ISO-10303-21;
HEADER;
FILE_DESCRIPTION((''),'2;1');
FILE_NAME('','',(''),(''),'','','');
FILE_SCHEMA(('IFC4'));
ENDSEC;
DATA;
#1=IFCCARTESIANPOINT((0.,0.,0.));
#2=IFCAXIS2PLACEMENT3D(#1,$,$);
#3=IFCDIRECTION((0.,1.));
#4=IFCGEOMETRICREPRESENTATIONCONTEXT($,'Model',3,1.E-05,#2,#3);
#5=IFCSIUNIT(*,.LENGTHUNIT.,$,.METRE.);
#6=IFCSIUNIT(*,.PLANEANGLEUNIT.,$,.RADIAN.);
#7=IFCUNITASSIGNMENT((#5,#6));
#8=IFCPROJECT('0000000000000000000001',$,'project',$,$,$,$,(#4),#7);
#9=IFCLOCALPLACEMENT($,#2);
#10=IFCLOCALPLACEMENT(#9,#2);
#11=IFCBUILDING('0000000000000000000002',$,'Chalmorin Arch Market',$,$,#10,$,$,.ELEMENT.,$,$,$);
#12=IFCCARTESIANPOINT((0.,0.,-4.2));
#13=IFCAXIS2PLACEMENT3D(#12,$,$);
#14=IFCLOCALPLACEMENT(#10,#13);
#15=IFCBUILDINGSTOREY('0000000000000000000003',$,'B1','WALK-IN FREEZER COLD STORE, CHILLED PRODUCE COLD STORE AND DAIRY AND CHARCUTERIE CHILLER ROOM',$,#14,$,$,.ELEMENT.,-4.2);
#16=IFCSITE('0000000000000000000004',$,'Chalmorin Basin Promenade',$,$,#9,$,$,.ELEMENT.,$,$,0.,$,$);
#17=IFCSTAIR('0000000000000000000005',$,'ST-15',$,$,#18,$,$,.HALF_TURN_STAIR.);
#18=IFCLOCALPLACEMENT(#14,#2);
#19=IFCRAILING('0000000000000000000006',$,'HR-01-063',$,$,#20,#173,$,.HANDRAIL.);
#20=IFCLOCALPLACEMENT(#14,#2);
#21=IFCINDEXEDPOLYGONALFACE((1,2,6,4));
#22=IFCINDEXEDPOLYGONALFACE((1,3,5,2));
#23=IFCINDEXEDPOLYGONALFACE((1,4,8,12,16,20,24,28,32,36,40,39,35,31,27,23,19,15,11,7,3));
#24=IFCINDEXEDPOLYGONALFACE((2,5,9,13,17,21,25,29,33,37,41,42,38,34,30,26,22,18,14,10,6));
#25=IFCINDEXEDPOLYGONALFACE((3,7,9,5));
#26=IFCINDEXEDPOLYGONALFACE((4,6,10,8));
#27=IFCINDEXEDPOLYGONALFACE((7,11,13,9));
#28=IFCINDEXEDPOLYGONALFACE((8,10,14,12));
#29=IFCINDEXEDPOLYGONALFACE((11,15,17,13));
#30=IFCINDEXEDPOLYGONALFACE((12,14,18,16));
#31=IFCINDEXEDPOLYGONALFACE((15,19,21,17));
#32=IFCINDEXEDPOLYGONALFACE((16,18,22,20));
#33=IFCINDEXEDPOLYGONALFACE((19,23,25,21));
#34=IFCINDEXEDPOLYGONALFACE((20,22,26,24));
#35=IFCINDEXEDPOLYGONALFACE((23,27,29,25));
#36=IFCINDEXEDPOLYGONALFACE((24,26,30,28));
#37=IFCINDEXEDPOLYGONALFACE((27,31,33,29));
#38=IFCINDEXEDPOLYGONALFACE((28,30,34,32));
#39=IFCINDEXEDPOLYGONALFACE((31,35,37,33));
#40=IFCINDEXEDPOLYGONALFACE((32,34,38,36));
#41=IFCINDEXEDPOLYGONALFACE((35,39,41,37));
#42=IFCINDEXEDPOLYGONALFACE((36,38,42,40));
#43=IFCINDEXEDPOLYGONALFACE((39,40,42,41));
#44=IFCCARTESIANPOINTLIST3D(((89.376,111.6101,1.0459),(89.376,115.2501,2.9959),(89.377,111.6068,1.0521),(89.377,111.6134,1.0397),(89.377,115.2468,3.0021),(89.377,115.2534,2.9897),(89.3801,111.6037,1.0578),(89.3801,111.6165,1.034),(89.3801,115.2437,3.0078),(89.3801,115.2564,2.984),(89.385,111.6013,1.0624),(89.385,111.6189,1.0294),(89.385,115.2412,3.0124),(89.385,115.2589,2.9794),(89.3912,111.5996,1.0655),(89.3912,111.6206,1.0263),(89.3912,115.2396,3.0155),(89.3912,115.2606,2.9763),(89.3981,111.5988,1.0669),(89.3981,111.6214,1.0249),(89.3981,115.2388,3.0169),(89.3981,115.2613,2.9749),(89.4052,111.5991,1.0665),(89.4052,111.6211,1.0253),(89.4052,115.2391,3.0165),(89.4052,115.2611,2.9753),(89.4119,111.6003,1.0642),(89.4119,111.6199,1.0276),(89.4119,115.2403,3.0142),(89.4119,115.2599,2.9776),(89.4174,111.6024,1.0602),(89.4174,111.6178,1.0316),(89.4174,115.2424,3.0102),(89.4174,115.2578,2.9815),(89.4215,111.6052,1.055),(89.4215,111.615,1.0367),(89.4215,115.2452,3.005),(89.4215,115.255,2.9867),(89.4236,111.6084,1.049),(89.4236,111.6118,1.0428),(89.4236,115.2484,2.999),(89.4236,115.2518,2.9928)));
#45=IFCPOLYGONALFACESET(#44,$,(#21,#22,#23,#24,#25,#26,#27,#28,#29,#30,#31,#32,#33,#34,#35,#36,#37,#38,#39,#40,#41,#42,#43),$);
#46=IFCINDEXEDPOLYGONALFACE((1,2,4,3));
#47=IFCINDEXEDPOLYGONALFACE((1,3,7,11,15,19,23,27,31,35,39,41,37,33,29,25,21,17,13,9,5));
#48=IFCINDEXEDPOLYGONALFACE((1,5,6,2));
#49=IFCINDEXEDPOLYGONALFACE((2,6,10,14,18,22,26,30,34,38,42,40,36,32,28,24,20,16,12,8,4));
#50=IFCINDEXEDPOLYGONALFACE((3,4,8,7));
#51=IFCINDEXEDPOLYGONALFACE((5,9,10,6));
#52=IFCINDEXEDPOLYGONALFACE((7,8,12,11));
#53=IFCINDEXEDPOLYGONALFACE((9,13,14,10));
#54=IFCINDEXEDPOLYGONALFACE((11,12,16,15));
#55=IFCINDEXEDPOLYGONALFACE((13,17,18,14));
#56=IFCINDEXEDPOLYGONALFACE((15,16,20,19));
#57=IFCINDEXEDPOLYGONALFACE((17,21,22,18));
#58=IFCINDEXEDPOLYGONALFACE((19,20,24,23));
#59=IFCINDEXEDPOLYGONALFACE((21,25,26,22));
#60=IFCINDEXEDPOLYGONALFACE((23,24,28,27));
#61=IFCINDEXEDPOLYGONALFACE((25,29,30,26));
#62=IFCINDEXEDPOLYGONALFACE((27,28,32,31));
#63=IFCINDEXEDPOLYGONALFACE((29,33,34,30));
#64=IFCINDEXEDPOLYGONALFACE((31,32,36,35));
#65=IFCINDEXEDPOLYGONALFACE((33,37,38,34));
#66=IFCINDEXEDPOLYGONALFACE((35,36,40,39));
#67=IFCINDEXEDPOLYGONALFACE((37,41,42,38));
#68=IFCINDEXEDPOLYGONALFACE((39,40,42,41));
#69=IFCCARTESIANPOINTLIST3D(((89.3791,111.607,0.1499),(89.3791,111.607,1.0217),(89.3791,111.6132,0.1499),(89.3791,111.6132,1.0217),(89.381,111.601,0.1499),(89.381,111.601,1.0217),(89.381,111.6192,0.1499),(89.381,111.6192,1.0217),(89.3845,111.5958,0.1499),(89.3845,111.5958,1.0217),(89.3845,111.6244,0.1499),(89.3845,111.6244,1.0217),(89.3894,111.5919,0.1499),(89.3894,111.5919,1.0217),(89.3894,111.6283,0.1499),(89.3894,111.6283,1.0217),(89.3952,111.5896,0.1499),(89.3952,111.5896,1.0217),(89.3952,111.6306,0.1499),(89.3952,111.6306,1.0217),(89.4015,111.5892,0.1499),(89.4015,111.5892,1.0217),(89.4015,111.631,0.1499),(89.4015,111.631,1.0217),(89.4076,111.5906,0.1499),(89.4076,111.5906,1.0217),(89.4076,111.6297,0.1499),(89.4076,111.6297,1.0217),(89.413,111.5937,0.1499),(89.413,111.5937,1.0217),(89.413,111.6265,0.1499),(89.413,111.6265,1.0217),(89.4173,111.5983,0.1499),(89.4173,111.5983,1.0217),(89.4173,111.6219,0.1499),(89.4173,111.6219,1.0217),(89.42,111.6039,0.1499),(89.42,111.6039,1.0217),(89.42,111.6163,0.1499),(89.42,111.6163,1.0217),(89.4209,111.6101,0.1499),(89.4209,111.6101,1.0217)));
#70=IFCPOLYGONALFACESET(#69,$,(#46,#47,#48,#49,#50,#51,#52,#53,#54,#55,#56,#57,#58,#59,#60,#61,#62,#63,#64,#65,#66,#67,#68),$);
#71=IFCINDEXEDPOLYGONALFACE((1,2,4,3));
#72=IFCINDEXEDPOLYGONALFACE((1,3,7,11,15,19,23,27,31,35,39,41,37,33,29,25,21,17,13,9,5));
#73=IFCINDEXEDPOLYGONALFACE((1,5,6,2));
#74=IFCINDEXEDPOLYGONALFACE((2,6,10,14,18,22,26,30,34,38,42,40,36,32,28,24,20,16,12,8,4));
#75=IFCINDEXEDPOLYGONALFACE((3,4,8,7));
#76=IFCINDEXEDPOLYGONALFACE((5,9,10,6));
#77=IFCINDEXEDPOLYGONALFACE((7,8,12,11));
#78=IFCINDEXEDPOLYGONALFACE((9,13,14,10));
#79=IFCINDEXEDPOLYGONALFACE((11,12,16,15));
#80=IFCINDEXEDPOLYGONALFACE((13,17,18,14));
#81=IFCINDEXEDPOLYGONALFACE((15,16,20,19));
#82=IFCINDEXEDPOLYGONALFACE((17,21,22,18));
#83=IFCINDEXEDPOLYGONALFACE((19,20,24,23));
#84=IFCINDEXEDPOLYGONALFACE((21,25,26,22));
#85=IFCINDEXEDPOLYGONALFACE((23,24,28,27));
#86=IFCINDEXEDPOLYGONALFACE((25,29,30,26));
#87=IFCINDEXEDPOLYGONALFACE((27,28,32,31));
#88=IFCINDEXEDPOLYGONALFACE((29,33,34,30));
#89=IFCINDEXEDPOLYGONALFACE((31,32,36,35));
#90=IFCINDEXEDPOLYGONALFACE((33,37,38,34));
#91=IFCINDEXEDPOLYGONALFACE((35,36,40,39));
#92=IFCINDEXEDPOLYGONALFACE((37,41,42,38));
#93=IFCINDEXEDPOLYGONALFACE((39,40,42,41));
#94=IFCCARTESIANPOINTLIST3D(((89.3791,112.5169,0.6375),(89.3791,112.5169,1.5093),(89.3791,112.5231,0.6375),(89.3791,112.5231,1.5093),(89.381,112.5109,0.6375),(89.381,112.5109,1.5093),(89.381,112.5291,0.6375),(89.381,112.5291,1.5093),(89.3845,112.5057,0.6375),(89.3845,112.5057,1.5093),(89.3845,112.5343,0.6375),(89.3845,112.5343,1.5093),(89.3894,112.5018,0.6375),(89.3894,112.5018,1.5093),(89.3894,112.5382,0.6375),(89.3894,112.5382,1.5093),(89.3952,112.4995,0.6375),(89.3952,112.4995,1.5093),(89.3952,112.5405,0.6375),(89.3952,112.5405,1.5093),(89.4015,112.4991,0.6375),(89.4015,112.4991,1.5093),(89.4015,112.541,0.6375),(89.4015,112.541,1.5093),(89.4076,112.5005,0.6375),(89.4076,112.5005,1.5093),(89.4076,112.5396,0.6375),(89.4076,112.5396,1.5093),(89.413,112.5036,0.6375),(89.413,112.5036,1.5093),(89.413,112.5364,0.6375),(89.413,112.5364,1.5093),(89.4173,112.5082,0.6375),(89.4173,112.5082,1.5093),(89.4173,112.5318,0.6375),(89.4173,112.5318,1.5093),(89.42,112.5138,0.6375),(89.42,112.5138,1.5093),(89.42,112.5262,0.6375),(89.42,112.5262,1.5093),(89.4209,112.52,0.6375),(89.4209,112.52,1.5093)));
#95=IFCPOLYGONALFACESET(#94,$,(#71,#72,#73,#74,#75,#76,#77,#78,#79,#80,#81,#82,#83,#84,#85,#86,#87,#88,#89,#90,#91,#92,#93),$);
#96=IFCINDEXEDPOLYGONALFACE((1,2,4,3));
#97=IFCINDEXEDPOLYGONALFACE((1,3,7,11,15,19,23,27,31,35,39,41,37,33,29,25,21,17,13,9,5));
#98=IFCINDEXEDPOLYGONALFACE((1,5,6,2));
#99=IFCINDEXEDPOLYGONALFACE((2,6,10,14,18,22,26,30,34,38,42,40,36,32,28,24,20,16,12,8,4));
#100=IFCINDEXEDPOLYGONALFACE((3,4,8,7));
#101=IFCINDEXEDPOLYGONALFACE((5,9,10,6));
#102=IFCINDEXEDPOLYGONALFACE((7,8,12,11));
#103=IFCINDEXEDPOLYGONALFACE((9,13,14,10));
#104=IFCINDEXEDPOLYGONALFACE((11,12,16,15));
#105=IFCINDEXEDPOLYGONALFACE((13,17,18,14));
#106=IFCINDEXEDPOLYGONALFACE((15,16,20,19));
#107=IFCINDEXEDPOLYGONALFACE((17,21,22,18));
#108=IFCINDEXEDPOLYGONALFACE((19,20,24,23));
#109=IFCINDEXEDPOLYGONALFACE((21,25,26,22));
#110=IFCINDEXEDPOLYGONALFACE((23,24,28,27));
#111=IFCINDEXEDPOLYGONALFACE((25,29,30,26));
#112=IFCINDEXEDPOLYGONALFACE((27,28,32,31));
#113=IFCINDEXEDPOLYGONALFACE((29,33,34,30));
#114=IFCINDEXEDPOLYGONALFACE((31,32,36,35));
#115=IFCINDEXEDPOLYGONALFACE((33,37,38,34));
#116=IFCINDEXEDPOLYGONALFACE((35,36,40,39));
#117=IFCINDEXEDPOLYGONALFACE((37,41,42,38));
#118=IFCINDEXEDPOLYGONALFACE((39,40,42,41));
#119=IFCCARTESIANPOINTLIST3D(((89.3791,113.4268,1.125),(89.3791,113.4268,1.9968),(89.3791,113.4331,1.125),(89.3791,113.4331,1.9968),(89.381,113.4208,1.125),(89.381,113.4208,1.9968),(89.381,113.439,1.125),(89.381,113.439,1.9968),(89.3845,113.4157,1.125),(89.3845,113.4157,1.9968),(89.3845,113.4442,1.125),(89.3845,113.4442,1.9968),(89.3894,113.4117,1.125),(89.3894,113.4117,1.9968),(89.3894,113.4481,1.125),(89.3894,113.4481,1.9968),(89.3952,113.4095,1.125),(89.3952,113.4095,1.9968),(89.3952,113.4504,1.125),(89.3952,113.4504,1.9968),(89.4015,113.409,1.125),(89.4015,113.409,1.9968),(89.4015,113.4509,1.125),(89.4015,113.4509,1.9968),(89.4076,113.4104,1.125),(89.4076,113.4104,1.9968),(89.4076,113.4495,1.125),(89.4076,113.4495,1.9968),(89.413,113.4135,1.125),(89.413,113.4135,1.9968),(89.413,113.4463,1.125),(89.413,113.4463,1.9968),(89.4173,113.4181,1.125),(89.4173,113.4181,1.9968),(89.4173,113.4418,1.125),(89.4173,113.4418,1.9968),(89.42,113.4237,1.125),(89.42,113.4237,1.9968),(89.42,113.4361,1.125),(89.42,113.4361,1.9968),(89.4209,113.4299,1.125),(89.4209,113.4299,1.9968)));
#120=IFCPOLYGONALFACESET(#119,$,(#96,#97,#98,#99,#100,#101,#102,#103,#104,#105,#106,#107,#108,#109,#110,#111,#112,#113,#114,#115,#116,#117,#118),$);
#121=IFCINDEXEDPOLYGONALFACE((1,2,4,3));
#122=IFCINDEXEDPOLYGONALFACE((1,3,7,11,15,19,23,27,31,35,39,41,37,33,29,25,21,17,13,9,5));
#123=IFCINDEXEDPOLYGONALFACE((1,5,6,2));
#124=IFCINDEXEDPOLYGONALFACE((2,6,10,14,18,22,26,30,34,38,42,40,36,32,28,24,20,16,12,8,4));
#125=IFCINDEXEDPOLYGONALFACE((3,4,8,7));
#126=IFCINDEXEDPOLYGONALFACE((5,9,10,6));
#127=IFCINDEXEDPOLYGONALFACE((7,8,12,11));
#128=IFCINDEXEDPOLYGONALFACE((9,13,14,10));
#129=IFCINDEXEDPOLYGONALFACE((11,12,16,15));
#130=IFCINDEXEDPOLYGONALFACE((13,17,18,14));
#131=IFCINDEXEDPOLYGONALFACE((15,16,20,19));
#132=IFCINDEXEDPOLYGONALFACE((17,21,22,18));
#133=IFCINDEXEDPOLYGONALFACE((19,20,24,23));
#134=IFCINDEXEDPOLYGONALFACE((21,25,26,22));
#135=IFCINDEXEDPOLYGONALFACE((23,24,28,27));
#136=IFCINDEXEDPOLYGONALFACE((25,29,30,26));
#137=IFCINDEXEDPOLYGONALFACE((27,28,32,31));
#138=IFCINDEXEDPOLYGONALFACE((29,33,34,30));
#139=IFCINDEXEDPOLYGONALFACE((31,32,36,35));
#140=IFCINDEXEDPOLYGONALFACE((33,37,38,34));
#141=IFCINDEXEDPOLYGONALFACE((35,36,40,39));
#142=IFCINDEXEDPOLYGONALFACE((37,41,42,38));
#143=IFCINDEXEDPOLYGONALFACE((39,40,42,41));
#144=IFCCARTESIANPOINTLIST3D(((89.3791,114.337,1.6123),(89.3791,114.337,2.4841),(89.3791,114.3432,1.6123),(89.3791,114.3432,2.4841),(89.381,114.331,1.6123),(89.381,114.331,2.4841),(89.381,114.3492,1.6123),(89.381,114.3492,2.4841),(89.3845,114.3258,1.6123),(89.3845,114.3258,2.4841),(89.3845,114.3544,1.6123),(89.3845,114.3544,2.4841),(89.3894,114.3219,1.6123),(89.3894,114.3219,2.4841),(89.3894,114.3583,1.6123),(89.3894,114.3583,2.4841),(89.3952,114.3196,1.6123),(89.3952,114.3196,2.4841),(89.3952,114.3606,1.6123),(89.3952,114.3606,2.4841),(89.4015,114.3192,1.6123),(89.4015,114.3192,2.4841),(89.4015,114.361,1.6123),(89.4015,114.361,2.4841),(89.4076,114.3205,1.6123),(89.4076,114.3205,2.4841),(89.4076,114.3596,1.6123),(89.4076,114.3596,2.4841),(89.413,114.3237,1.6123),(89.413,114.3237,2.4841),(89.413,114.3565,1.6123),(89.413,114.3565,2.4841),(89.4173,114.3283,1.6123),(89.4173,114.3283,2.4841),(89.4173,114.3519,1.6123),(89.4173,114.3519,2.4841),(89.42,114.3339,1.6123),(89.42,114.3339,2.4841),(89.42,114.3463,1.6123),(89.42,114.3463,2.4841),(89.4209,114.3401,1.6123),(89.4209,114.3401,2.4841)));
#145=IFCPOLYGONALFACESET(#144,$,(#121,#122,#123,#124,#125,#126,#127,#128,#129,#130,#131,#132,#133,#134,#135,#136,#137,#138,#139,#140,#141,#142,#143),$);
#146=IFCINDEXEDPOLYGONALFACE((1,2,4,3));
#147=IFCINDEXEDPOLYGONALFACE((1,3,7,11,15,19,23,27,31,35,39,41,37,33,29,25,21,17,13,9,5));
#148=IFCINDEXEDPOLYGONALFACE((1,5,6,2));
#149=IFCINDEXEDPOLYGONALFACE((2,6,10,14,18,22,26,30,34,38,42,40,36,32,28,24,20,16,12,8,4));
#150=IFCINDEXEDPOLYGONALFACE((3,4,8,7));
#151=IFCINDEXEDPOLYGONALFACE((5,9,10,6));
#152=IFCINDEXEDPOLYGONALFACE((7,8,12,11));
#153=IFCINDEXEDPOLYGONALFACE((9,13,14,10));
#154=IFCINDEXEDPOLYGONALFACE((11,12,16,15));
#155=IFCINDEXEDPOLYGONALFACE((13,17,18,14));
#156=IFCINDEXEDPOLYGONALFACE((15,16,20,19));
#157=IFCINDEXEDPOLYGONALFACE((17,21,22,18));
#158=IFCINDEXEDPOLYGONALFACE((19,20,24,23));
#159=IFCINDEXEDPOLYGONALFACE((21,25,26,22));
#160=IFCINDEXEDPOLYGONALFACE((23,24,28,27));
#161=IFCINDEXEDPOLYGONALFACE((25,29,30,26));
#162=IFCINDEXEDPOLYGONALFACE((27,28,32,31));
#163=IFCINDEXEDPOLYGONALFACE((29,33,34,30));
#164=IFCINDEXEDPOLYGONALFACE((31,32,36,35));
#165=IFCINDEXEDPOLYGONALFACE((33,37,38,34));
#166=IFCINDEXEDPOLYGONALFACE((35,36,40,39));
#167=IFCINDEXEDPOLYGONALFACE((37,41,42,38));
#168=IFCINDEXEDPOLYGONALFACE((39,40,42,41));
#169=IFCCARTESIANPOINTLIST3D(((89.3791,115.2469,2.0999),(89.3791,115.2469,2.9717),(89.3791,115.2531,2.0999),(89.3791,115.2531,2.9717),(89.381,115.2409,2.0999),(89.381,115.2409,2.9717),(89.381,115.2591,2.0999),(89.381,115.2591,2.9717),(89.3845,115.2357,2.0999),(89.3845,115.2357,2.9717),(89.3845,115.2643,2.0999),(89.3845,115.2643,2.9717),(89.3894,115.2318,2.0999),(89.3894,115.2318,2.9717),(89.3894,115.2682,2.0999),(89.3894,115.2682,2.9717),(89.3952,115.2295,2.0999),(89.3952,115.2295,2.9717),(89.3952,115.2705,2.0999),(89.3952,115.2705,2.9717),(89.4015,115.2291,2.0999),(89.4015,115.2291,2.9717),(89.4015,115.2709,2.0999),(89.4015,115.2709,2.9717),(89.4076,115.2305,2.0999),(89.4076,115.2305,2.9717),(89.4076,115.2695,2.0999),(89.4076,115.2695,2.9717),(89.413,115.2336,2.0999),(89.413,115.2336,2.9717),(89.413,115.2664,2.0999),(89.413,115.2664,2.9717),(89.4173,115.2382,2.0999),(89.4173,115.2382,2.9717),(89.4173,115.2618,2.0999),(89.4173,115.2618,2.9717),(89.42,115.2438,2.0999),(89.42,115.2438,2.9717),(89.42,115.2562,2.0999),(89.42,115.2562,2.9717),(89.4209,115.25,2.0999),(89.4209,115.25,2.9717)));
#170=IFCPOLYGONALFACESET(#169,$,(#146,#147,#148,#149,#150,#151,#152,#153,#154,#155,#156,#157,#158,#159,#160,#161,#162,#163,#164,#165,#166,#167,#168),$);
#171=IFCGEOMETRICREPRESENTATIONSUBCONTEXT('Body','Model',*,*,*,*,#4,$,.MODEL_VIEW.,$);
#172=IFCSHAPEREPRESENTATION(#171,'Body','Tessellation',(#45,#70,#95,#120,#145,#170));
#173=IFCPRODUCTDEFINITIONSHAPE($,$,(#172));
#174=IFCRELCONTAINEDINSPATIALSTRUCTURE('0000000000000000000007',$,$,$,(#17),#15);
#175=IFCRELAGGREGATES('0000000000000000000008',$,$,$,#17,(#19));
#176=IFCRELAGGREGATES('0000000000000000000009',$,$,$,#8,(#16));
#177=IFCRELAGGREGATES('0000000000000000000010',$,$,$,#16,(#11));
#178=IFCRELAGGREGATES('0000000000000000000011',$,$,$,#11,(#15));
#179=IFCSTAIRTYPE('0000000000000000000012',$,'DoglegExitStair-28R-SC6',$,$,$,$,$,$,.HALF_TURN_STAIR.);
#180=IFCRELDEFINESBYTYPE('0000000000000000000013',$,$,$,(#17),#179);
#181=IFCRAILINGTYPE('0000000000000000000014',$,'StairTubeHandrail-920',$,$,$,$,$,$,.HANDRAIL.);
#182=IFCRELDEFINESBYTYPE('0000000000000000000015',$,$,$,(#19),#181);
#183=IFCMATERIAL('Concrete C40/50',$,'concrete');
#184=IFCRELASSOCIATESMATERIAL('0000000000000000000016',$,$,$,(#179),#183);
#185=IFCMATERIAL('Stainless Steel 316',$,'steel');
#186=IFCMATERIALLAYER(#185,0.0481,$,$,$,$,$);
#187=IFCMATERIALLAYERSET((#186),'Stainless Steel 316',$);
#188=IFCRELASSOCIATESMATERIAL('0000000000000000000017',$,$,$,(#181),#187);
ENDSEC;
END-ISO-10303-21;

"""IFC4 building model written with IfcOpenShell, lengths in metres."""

from ifc_helpers import new_model, si_unit, direction, frame, origin, origin_2d, place, context, subcontext, project, spatial, circle, extrude, material, layer, layer_set, type_object, element, aggregate, save


model = new_model("IFC4")

# Units and contexts
model_context = context("Model", 3, precision=1e-05, world=origin(), true_north=direction((0.0, 1.0)))
body_context = subcontext(model_context, "Body", "Model", "MODEL_VIEW")
ifc_project = project(units=[si_unit("LENGTHUNIT", "METRE"), si_unit("PLANEANGLEUNIT", "RADIAN")], contexts=[model_context])

# Site, building, storey
site_placement = place(None, origin())
site = spatial("IfcSite", under=ifc_project, at=site_placement, Name="Chalmorin Basin Promenade", CompositionType="ELEMENT", RefElevation=0.0)
building_placement = place(site_placement, origin())
building = spatial("IfcBuilding", under=site, at=building_placement, Name="Chalmorin Arch Market", CompositionType="ELEMENT")
storey_placement = place(building_placement, frame((0.0, 0.0, -4.2)))
storey = spatial("IfcBuildingStorey", under=building, at=storey_placement, Name="B1", Description="WALK-IN FREEZER COLD STORE, CHILLED PRODUCE COLD STORE AND DAIRY AND CHARCUTERIE CHILLER ROOM", CompositionType="ELEMENT", Elevation=-4.2)

# Shared definitions
ifc_material_1 = material(Name="Concrete C40/50", Category="concrete")

# Shared definitions
ifc_material_2 = material(Name="Stainless Steel 316", Category="steel")

# Stair, railing
stair_type = type_object("IfcStairType", Name="DoglegExitStair-28R-SC6", PredefinedType="HALF_TURN_STAIR", material=ifc_material_1)
stair_placement = place(storey_placement, origin())
stair = element("IfcStair", 1, at=stair_placement, inside=storey, type_object=stair_type, Name="ST-15", PredefinedType="HALF_TURN_STAIR")
ifc_layer_1 = layer(ifc_material_2, 0.0481)
ifc_layer_set_1 = layer_set([ifc_layer_1], Name="Stainless Steel 316")
railing_type_1 = type_object("IfcRailingType", Name="StairTubeHandrail-920", PredefinedType="HANDRAIL", material=ifc_layer_set_1)
railing_1_placement = place(storey_placement, frame((89.3999, 111.6101, 0.1499)))
railing_1 = element("IfcRailing", 2, at=railing_1_placement, type_object=railing_type_1, Name="HR-01-063", PredefinedType="HANDRAIL", context=body_context, shape_type="SweptSolid", body=[
    extrude(circle(Radius=0.0239, at=origin_2d()), frame((0.0, 0.0, 0.896), z_axis=(0.0, 0.881479, 0.472223), x_axis=(-1.0, 0.0, 0.0)), (0.0, 0.0, 1.0), 4.1294),
    extrude(circle(Radius=0.021, at=origin_2d()), origin(), (0.0, 0.0, 1.0), 0.8718),
    extrude(circle(Radius=0.021, at=origin_2d()), frame((0.0, 0.9099, 0.4875)), (0.0, 0.0, 1.0), 0.8718),
    extrude(circle(Radius=0.021, at=origin_2d()), frame((0.0, 1.8198, 0.9751)), (0.0, 0.0, 1.0), 0.8718),
    extrude(circle(Radius=0.021, at=origin_2d()), frame((0.0, 2.73, 1.4624)), (0.0, 0.0, 1.0), 0.8718),
    extrude(circle(Radius=0.021, at=origin_2d()), frame((0.0, 3.6399, 1.95)), (0.0, 0.0, 1.0), 0.8718),
])
aggregate(stair, [railing_1])

save(model, "model.ifc")
